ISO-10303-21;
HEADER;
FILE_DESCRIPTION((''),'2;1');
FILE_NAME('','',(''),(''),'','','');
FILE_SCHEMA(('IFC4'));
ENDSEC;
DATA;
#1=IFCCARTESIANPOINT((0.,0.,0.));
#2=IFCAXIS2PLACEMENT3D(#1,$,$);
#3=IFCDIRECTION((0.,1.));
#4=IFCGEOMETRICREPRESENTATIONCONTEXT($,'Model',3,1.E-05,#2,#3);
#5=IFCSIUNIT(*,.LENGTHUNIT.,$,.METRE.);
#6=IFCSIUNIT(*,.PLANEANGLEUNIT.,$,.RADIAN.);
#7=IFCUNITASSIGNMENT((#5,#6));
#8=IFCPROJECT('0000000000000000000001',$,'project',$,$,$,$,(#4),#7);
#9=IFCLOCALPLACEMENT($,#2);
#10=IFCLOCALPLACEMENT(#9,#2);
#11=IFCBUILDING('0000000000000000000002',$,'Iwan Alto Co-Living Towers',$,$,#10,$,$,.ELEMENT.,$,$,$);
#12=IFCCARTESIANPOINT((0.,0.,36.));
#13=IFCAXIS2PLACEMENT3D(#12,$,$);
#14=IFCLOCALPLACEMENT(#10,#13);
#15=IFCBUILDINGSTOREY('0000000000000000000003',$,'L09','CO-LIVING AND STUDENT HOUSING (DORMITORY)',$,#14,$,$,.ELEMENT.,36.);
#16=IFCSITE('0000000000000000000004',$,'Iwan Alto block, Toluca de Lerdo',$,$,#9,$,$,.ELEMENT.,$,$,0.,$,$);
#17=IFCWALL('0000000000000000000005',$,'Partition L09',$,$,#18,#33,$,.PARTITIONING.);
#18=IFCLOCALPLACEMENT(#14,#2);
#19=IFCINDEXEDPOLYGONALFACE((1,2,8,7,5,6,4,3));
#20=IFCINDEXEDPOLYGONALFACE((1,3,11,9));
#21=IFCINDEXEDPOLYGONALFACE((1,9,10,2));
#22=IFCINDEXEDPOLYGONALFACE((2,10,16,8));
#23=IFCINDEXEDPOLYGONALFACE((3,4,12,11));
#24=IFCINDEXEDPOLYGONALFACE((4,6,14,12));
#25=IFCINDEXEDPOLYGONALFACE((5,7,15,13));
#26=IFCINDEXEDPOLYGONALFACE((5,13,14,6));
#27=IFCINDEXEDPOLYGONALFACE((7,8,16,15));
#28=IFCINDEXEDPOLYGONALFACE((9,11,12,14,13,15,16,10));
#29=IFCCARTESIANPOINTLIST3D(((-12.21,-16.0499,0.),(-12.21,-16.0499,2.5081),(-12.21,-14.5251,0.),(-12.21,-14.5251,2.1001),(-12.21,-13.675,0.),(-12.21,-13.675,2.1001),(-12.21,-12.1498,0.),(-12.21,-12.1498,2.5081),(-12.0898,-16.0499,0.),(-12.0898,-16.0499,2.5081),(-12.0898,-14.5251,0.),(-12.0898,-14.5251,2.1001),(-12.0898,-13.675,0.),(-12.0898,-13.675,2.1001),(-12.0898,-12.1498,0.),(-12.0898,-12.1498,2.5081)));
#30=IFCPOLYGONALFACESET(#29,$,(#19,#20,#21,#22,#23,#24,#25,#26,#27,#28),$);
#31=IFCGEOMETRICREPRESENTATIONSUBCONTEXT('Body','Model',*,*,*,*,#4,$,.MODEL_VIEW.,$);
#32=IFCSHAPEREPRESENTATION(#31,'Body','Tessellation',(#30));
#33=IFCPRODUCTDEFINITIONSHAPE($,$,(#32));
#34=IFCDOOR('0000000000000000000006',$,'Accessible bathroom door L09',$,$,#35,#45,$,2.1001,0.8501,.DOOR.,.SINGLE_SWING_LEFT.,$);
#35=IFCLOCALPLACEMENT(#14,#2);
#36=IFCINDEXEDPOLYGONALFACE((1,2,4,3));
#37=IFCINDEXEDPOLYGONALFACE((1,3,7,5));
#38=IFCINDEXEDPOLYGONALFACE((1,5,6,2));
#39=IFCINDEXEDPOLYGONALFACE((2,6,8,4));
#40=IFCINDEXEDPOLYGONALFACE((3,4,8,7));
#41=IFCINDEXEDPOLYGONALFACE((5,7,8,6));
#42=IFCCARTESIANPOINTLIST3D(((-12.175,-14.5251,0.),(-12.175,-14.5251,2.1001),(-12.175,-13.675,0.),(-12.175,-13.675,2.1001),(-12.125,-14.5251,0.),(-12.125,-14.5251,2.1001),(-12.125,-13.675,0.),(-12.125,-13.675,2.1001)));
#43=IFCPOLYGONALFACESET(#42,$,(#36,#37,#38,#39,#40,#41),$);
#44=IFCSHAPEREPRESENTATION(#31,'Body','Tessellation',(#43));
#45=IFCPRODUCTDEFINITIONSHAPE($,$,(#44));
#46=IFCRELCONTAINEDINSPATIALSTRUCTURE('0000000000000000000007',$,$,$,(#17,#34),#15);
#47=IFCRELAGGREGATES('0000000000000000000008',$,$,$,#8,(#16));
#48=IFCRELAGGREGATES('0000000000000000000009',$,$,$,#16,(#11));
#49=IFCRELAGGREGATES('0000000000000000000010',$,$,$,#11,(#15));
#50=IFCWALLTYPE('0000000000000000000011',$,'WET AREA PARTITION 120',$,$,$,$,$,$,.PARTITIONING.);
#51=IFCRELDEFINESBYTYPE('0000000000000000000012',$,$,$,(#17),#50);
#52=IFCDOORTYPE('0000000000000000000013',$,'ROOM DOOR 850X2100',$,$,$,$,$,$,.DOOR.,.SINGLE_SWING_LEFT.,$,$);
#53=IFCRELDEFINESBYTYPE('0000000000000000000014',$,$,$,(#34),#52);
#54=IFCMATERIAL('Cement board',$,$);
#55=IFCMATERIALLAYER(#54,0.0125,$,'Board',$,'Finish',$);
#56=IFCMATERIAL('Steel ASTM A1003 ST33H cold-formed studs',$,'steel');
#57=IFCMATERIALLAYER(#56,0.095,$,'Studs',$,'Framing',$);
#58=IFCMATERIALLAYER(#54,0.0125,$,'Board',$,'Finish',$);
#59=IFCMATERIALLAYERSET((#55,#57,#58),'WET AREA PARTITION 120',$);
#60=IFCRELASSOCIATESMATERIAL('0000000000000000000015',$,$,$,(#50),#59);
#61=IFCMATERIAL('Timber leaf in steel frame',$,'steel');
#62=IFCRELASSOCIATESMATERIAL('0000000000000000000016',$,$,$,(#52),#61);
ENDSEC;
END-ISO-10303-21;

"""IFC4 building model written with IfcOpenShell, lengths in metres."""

from ifc_helpers import new_model, si_unit, direction, frame, frame_2d, origin, place, context, subcontext, project, spatial, rectangle, extrude, material, layer, layer_set, type_object, element, fill, save


model = new_model("IFC4")

# Units and contexts
model_context = context("Model", 3, precision=1e-05, world=origin(), true_north=direction((0.0, 1.0)))
body_context = subcontext(model_context, "Body", "Model", "MODEL_VIEW")
ifc_project = project(units=[si_unit("LENGTHUNIT", "METRE"), si_unit("PLANEANGLEUNIT", "RADIAN")], contexts=[model_context])

# Site, building, storey
site_placement = place(None, origin())
site = spatial("IfcSite", under=ifc_project, at=site_placement, Name="Iwan Alto block, Toluca de Lerdo", CompositionType="ELEMENT", RefElevation=0.0)
building_placement = place(site_placement, origin())
building = spatial("IfcBuilding", under=site, at=building_placement, Name="Iwan Alto Co-Living Towers", CompositionType="ELEMENT")
storey_placement = place(building_placement, frame((0.0, 0.0, 36.0)))
storey = spatial("IfcBuildingStorey", under=building, at=storey_placement, Name="L09", Description="CO-LIVING AND STUDENT HOUSING (DORMITORY)", CompositionType="ELEMENT", Elevation=36.0)

# Shared definitions
ifc_material_1 = material(Name="Steel ASTM A1003 ST33H cold-formed studs", Category="steel")

# Shared definitions
ifc_material_2 = material(Name="Cement board")
ifc_layer_1 = layer(ifc_material_2, 0.0125, Name="Board", Category="Finish")
ifc_layer_2 = layer(ifc_material_1, 0.095, Name="Studs", Category="Framing")
ifc_layer_3 = layer(ifc_material_2, 0.0125, Name="Board", Category="Finish")
ifc_layer_set_1 = layer_set([ifc_layer_1, ifc_layer_2, ifc_layer_3], Name="WET AREA PARTITION 120")
wall_type_1 = type_object("IfcWallType", Name="WET AREA PARTITION 120", PredefinedType="PARTITIONING", material=ifc_layer_set_1)

# Wall, opening, door
wall_1_placement = place(storey_placement, frame((-12.1499, -16.05, 0.0), z_axis=(0.0, 0.0, 1.0), x_axis=(0.0, 1.0, 0.0)))
wall_1 = element("IfcWall", 1, at=wall_1_placement, inside=storey, type_object=wall_type_1, Name="Partition L09", PredefinedType="PARTITIONING", context=body_context, shape_type="SweptSolid", body=[
    extrude(rectangle(XDim=3.9001, YDim=0.1201, at=frame_2d((1.9502, 0.0))), origin(), (0.0, 0.0, 1.0), 2.5081),
])
opening_1_placement = place(wall_1_placement, frame((1.5249, 0.0, 0.0)))
opening_1 = element("IfcOpeningElement", 2, at=opening_1_placement, cuts=wall_1, PredefinedType="OPENING", context=body_context, shape_type="SweptSolid", body=[
    extrude(rectangle(XDim=0.8501, YDim=2.1001, at=frame_2d((0.425, 1.05))), frame((0.0, 0.0701, 0.0), z_axis=(0.0, -1.0, 0.0), x_axis=(1.0, 0.0, 0.0)), (0.0, 0.0, 1.0), 0.1401),
])
ifc_material_3 = material(Name="Timber leaf in steel frame", Category="steel")
door_type_1 = type_object("IfcDoorType", Name="ROOM DOOR 850X2100", OperationType="SINGLE_SWING_LEFT", PredefinedType="DOOR", material=ifc_material_3)
door_1_placement = place(opening_1_placement, frame((0.8501, 0.0, 0.0), z_axis=(0.0, 0.0, 1.0), x_axis=(-1.0, 0.0, 0.0)))
door_1 = element("IfcDoor", 3, at=door_1_placement, inside=storey, type_object=door_type_1, Name="Accessible bathroom door L09", OperationType="SINGLE_SWING_LEFT", OverallHeight=2.1001, OverallWidth=0.8501, PredefinedType="DOOR", context=body_context, shape_type="SweptSolid", body=[
    extrude(rectangle(XDim=0.8501, YDim=2.1001, at=frame_2d((0.425, 1.05))), frame((0.0, 0.0249, 0.0), z_axis=(0.0, -1.0, 0.0), x_axis=(1.0, 0.0, 0.0)), (0.0, 0.0, 1.0), 0.05),
])
fill(opening_1, door_1)

save(model, "model.ifc")
